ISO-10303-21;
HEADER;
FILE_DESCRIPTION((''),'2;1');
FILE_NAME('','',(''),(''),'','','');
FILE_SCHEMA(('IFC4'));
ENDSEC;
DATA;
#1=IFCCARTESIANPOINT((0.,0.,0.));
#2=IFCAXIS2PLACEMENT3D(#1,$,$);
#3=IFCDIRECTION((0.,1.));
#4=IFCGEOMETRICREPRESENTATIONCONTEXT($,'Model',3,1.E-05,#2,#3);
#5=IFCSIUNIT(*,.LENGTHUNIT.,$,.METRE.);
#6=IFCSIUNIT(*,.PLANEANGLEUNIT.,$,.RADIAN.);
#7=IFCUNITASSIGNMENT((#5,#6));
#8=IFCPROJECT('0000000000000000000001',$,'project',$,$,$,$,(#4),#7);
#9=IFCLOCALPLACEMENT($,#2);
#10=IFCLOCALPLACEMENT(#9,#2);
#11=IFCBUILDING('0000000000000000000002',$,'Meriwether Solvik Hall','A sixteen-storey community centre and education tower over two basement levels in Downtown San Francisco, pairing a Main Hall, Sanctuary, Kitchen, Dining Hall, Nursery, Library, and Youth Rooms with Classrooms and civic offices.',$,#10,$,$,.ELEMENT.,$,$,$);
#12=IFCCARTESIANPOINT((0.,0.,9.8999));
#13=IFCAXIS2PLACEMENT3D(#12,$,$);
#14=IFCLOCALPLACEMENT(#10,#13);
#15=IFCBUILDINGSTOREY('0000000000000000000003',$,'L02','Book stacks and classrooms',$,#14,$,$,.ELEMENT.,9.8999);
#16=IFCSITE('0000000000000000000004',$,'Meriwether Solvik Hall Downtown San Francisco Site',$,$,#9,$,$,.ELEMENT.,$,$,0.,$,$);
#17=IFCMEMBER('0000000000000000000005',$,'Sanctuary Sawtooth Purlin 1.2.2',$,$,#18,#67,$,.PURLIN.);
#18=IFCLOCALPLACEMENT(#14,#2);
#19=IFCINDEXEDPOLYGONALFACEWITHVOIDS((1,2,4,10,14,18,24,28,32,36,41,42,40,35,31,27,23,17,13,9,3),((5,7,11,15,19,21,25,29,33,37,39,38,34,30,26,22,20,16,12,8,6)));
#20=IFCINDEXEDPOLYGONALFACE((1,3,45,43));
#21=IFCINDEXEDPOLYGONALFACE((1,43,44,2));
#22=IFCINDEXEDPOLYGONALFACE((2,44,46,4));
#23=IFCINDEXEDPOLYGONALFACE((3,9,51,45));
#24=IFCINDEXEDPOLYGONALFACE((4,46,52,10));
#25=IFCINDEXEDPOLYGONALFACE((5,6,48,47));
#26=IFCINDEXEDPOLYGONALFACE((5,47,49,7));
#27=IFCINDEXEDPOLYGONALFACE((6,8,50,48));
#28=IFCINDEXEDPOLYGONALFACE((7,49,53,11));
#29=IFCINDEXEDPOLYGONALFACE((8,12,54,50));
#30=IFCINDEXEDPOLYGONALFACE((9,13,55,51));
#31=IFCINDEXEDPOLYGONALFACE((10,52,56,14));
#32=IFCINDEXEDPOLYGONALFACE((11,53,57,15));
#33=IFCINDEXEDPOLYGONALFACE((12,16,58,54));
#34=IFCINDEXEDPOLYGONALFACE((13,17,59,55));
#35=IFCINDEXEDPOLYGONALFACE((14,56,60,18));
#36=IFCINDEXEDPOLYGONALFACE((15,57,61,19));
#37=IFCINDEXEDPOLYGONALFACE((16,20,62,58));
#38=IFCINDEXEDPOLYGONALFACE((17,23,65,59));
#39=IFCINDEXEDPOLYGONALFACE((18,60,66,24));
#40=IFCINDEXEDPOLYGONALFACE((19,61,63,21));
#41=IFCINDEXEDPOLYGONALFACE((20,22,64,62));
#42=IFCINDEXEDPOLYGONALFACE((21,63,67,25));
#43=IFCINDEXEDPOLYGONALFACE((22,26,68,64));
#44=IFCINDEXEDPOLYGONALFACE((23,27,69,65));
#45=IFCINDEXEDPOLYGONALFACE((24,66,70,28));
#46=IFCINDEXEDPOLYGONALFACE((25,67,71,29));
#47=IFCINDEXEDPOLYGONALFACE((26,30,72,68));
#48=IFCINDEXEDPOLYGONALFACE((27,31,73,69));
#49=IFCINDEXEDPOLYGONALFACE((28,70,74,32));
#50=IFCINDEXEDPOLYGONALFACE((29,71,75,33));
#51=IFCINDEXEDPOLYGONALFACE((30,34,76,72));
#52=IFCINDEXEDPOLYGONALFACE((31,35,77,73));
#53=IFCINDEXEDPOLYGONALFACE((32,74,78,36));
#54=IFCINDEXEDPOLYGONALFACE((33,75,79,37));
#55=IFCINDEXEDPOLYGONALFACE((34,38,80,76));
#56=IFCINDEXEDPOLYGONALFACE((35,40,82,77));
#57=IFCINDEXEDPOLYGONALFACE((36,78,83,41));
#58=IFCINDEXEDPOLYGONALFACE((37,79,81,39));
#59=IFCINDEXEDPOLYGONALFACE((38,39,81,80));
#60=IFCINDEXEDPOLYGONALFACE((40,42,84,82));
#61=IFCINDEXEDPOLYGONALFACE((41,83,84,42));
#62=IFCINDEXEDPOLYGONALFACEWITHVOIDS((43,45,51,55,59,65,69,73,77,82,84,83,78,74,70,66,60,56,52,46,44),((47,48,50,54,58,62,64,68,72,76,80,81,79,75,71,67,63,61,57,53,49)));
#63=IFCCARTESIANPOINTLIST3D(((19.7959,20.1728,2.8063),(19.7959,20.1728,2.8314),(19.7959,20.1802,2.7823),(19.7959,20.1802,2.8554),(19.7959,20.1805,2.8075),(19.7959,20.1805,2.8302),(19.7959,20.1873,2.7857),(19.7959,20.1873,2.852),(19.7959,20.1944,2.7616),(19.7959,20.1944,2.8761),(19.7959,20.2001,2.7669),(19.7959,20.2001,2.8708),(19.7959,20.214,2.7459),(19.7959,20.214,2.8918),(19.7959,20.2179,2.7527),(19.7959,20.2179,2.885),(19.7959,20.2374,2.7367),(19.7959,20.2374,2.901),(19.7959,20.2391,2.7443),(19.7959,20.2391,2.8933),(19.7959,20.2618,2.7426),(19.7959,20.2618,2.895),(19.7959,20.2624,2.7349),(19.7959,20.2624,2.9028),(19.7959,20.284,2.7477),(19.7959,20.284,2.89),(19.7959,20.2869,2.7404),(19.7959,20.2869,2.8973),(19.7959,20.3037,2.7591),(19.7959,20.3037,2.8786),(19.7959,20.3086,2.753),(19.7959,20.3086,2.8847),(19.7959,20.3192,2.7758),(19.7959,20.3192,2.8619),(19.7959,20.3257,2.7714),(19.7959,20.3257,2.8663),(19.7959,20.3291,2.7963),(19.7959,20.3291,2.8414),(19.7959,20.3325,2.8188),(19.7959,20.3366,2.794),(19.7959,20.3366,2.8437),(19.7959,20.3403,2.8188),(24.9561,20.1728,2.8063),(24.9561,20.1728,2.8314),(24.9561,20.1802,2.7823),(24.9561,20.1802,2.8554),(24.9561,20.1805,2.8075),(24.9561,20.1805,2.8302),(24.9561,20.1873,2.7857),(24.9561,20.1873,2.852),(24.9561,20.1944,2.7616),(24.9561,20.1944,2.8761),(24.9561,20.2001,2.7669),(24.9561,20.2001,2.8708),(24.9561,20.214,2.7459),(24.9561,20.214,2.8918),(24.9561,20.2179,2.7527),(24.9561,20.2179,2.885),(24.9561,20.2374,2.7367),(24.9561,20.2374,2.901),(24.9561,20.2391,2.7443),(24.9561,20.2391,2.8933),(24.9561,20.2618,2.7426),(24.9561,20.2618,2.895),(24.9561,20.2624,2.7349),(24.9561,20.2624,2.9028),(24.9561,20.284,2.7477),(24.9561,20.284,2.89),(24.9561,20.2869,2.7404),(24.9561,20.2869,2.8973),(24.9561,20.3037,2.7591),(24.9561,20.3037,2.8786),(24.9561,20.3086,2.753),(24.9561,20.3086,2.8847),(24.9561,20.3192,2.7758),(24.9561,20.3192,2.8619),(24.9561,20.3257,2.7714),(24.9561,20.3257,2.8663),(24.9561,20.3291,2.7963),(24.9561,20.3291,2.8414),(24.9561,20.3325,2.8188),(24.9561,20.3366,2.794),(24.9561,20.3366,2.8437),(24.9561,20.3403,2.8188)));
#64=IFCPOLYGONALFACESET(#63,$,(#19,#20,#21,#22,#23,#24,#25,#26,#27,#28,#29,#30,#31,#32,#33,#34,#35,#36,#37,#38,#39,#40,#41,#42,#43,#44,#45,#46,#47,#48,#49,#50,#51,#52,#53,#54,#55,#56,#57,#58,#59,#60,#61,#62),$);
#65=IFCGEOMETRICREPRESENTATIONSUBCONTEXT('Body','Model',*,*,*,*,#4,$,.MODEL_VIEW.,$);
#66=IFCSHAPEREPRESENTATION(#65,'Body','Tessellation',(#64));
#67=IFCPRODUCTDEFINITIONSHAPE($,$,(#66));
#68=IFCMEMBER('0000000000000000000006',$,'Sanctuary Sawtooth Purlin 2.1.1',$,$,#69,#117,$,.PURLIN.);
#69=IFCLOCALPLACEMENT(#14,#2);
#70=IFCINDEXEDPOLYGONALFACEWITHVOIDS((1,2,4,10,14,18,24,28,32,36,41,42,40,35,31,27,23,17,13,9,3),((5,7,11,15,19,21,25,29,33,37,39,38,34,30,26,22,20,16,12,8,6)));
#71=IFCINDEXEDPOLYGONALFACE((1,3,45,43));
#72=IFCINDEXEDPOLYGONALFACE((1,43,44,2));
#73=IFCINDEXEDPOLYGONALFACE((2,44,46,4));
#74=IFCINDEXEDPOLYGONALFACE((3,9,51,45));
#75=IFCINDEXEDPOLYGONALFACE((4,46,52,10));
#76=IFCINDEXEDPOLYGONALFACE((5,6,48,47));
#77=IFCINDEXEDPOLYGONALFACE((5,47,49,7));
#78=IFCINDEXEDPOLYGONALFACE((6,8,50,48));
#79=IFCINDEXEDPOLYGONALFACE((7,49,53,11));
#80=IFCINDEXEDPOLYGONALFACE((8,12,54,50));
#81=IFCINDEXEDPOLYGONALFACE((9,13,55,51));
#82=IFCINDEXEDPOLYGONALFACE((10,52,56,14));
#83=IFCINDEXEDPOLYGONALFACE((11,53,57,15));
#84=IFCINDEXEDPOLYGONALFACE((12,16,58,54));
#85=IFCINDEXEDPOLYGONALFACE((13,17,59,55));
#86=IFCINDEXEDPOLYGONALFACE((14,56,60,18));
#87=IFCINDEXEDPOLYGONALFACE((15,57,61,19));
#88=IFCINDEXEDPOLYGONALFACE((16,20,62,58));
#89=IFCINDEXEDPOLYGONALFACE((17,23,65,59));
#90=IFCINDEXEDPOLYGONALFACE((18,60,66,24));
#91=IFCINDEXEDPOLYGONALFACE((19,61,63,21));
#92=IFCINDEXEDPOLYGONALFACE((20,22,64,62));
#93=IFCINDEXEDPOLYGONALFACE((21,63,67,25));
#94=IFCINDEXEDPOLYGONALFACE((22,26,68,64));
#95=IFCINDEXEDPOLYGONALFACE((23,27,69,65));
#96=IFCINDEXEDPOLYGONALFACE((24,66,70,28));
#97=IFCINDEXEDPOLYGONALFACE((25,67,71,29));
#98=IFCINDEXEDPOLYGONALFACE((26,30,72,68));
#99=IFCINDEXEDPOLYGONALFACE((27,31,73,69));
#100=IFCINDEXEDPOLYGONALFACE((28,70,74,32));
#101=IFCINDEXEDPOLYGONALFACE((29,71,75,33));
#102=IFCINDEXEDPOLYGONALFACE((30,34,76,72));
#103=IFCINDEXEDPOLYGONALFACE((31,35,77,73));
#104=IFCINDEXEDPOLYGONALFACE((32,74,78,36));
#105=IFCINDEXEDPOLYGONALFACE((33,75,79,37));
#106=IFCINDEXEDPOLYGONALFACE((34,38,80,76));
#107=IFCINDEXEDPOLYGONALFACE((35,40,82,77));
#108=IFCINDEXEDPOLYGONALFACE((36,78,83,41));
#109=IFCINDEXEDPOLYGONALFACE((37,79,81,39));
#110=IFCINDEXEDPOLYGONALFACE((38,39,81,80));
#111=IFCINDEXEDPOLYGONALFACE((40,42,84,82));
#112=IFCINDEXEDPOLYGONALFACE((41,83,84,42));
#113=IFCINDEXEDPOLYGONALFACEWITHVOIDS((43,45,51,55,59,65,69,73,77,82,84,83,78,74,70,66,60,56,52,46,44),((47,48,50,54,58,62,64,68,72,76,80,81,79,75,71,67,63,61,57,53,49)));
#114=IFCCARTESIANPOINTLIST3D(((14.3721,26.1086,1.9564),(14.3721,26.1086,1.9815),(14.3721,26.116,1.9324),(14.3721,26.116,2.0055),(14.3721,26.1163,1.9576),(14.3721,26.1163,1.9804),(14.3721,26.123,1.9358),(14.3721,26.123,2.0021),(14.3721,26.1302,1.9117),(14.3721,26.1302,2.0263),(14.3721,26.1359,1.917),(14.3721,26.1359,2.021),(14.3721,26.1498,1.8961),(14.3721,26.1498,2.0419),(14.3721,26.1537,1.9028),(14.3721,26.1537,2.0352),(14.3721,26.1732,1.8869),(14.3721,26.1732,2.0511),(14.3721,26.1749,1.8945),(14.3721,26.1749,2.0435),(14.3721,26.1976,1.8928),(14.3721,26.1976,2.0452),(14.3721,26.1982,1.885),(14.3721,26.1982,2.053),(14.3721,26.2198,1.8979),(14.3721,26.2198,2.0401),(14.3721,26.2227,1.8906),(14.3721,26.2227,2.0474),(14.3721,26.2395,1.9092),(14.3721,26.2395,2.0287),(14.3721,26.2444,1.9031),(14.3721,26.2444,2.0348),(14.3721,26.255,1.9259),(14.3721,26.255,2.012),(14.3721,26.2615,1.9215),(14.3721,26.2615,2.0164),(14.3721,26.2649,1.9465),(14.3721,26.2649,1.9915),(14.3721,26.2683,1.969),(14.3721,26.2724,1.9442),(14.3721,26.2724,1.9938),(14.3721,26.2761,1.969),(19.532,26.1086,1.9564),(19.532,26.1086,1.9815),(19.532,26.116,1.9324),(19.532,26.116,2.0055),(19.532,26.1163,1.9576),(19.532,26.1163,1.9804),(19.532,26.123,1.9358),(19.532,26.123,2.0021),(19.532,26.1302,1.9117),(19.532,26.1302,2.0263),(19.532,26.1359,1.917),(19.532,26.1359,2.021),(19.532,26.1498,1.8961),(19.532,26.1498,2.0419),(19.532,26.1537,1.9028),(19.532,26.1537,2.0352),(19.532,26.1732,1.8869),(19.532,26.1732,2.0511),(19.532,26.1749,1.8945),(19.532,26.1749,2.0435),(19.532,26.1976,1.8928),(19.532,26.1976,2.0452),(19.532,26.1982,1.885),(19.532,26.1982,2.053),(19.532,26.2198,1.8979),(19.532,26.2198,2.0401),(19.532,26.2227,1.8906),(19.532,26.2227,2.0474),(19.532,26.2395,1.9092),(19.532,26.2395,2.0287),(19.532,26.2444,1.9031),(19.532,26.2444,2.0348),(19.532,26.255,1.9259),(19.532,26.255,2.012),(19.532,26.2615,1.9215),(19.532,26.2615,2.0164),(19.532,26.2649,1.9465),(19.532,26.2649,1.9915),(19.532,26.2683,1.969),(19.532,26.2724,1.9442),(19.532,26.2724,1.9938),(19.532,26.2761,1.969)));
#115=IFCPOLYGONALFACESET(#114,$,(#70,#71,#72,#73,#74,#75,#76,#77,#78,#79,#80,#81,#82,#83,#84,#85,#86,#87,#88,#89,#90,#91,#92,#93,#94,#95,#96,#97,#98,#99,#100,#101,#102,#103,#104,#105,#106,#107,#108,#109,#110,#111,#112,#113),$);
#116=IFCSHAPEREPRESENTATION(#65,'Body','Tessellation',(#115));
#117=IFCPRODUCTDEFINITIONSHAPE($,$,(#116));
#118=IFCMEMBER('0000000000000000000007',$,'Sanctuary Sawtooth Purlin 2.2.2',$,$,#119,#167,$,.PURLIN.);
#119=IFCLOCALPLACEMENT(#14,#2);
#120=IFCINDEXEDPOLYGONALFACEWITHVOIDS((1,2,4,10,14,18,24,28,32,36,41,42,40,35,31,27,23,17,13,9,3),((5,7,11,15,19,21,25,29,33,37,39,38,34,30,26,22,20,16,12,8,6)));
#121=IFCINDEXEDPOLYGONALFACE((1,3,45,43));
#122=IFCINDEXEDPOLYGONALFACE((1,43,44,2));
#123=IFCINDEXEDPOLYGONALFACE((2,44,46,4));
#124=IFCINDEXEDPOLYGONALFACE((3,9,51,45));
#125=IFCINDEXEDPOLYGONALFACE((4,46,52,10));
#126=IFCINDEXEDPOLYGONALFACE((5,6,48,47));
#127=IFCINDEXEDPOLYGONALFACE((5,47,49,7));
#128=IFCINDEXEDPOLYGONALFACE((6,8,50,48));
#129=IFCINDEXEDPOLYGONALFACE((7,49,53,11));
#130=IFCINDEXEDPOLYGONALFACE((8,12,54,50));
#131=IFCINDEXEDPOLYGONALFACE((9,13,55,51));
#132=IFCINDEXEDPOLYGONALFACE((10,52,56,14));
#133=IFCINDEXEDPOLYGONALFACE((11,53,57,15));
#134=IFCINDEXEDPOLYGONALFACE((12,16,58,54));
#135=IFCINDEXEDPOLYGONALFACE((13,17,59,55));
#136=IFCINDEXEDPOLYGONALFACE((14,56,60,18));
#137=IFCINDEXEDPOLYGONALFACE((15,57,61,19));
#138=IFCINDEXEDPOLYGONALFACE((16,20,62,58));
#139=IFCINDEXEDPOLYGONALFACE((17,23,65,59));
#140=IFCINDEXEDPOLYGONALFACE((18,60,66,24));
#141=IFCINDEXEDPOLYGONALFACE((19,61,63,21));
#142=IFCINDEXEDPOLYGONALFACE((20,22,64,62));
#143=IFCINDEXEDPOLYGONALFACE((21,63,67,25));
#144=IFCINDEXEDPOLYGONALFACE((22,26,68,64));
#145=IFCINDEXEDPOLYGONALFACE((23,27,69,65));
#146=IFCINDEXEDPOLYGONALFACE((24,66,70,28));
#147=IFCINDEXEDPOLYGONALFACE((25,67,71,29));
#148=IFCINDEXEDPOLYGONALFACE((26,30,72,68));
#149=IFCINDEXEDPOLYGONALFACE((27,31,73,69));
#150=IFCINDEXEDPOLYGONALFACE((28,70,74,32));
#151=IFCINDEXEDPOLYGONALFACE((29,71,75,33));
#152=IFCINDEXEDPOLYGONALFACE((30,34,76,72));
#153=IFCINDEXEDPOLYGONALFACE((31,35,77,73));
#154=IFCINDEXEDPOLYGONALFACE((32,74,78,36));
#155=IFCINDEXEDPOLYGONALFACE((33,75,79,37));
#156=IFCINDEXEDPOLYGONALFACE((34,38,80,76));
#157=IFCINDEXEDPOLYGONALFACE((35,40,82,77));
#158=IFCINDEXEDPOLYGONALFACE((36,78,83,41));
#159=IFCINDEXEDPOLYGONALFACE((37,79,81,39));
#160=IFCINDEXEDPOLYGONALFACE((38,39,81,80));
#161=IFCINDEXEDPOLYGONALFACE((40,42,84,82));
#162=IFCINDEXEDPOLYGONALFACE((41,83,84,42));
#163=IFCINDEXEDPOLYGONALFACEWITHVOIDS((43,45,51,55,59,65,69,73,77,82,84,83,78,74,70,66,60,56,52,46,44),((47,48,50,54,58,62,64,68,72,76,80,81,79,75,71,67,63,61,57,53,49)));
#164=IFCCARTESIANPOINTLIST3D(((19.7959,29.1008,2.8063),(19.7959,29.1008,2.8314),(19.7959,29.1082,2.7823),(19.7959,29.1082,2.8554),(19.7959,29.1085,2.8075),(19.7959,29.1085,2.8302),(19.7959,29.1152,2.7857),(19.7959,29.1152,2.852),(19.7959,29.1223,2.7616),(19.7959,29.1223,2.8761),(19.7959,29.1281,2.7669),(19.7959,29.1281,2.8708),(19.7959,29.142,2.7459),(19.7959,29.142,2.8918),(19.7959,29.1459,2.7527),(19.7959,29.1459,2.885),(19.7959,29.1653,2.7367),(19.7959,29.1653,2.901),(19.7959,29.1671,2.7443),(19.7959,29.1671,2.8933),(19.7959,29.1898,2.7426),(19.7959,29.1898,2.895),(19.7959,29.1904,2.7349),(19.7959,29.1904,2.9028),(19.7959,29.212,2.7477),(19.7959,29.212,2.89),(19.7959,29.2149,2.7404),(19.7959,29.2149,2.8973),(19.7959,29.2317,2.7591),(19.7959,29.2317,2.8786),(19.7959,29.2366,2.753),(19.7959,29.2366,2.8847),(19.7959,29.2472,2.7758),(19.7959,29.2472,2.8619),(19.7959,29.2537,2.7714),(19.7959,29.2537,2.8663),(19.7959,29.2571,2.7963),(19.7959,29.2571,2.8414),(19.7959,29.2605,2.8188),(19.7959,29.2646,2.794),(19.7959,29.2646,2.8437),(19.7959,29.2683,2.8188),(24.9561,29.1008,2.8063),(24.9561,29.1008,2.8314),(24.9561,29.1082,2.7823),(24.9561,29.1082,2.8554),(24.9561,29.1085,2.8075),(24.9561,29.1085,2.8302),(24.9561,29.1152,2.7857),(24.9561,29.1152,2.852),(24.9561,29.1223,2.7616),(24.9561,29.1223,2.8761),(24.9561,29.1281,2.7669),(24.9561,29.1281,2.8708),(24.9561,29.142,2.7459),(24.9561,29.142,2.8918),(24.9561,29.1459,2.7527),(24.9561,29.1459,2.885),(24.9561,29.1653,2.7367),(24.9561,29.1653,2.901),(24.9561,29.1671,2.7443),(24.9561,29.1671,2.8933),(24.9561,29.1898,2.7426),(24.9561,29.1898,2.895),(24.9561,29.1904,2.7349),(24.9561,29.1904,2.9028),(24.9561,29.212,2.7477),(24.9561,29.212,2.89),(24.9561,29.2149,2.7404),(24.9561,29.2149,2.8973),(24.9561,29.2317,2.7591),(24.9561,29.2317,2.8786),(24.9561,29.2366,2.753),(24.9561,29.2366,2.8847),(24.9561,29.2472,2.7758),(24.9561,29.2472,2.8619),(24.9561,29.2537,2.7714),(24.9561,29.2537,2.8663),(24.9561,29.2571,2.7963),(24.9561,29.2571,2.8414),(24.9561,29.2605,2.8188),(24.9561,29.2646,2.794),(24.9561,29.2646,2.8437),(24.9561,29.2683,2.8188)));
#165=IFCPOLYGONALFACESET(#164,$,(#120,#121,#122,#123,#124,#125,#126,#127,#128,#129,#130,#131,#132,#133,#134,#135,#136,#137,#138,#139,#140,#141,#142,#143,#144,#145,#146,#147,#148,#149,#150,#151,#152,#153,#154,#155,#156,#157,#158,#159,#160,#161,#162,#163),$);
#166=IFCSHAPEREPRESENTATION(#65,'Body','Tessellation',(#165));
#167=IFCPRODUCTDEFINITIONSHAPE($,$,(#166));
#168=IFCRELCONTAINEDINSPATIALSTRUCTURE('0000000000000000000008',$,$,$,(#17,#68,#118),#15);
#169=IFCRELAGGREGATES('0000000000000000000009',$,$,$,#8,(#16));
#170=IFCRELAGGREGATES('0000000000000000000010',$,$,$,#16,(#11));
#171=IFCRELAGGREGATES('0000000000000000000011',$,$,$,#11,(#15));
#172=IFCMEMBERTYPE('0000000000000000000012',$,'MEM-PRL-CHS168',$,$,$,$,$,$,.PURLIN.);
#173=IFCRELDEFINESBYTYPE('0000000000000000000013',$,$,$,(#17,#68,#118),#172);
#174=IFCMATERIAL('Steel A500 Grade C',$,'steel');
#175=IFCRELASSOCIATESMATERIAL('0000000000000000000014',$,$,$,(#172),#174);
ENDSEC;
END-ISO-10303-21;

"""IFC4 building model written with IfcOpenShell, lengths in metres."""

from ifc_helpers import new_model, si_unit, direction, frame, origin, origin_2d, place, context, subcontext, project, spatial, hollow_circle, extrude, material, material_profile, profile_set, type_object, element, save


model = new_model("IFC4")

# Units and contexts
model_context = context("Model", 3, precision=1e-05, world=origin(), true_north=direction((0.0, 1.0)))
body_context = subcontext(model_context, "Body", "Model", "MODEL_VIEW")
ifc_project = project(units=[si_unit("LENGTHUNIT", "METRE"), si_unit("PLANEANGLEUNIT", "RADIAN")], contexts=[model_context])

# Site, building, storey
site_placement = place(None, origin())
site = spatial("IfcSite", under=ifc_project, at=site_placement, Name="Meriwether Solvik Hall Downtown San Francisco Site", CompositionType="ELEMENT", RefElevation=0.0)
building_placement = place(site_placement, origin())
building = spatial("IfcBuilding", under=site, at=building_placement, Name="Meriwether Solvik Hall", Description="A sixteen-storey community centre and education tower over two basement levels in Downtown San Francisco, pairing a Main Hall, Sanctuary, Kitchen, Dining Hall, Nursery, Library, and Youth Rooms with Classrooms and civic offices.", CompositionType="ELEMENT")
storey_placement = place(building_placement, frame((0.0, 0.0, 9.8999)))
storey = spatial("IfcBuildingStorey", under=building, at=storey_placement, Name="L02", Description="Book stacks and classrooms", CompositionType="ELEMENT", Elevation=9.8999)

# Members
ifc_material_1 = material(Name="Steel A500 Grade C", Category="steel")
ifc_material_profile_1 = material_profile(ifc_material_1, hollow_circle(Radius=0.0842, WallThickness=0.0078, at=origin_2d()), Name="CHS168X7.9")
ifc_profile_set_1 = profile_set([ifc_material_profile_1], Name="Steel A500 Grade C")
member_type_1 = type_object("IfcMemberType", Name="MEM-PRL-CHS168", PredefinedType="PURLIN", material=ifc_profile_set_1)
member_1_placement = place(storey_placement, frame((19.7959, 20.2561, 2.8188), z_axis=(1.0, 0.0, 0.0), x_axis=(0.0, 1.0, 0.0)))
element("IfcMember", 1, at=member_1_placement, inside=storey, type_object=member_type_1, Name="Sanctuary Sawtooth Purlin 1.2.2", PredefinedType="PURLIN", context=body_context, shape_type="SweptSolid", body=[
    extrude(hollow_circle(Radius=0.0842, WallThickness=0.0078, at=origin_2d()), origin(), (0.0, 0.0, 1.0), 5.1602),
])
member_2_placement = place(storey_placement, frame((14.3721, 26.1919, 1.969), z_axis=(1.0, 0.0, 0.0), x_axis=(0.0, 1.0, 0.0)))
element("IfcMember", 2, at=member_2_placement, inside=storey, type_object=member_type_1, Name="Sanctuary Sawtooth Purlin 2.1.1", PredefinedType="PURLIN", context=body_context, shape_type="SweptSolid", body=[
    extrude(hollow_circle(Radius=0.0842, WallThickness=0.0078, at=origin_2d()), origin(), (0.0, 0.0, 1.0), 5.1599),
])
member_3_placement = place(storey_placement, frame((19.7959, 29.1841, 2.8188), z_axis=(1.0, 0.0, 0.0), x_axis=(0.0, 1.0, 0.0)))
element("IfcMember", 3, at=member_3_placement, inside=storey, type_object=member_type_1, Name="Sanctuary Sawtooth Purlin 2.2.2", PredefinedType="PURLIN", context=body_context, shape_type="SweptSolid", body=[
    extrude(hollow_circle(Radius=0.0842, WallThickness=0.0078, at=origin_2d()), origin(), (0.0, 0.0, 1.0), 5.1602),
])

save(model, "model.ifc")
